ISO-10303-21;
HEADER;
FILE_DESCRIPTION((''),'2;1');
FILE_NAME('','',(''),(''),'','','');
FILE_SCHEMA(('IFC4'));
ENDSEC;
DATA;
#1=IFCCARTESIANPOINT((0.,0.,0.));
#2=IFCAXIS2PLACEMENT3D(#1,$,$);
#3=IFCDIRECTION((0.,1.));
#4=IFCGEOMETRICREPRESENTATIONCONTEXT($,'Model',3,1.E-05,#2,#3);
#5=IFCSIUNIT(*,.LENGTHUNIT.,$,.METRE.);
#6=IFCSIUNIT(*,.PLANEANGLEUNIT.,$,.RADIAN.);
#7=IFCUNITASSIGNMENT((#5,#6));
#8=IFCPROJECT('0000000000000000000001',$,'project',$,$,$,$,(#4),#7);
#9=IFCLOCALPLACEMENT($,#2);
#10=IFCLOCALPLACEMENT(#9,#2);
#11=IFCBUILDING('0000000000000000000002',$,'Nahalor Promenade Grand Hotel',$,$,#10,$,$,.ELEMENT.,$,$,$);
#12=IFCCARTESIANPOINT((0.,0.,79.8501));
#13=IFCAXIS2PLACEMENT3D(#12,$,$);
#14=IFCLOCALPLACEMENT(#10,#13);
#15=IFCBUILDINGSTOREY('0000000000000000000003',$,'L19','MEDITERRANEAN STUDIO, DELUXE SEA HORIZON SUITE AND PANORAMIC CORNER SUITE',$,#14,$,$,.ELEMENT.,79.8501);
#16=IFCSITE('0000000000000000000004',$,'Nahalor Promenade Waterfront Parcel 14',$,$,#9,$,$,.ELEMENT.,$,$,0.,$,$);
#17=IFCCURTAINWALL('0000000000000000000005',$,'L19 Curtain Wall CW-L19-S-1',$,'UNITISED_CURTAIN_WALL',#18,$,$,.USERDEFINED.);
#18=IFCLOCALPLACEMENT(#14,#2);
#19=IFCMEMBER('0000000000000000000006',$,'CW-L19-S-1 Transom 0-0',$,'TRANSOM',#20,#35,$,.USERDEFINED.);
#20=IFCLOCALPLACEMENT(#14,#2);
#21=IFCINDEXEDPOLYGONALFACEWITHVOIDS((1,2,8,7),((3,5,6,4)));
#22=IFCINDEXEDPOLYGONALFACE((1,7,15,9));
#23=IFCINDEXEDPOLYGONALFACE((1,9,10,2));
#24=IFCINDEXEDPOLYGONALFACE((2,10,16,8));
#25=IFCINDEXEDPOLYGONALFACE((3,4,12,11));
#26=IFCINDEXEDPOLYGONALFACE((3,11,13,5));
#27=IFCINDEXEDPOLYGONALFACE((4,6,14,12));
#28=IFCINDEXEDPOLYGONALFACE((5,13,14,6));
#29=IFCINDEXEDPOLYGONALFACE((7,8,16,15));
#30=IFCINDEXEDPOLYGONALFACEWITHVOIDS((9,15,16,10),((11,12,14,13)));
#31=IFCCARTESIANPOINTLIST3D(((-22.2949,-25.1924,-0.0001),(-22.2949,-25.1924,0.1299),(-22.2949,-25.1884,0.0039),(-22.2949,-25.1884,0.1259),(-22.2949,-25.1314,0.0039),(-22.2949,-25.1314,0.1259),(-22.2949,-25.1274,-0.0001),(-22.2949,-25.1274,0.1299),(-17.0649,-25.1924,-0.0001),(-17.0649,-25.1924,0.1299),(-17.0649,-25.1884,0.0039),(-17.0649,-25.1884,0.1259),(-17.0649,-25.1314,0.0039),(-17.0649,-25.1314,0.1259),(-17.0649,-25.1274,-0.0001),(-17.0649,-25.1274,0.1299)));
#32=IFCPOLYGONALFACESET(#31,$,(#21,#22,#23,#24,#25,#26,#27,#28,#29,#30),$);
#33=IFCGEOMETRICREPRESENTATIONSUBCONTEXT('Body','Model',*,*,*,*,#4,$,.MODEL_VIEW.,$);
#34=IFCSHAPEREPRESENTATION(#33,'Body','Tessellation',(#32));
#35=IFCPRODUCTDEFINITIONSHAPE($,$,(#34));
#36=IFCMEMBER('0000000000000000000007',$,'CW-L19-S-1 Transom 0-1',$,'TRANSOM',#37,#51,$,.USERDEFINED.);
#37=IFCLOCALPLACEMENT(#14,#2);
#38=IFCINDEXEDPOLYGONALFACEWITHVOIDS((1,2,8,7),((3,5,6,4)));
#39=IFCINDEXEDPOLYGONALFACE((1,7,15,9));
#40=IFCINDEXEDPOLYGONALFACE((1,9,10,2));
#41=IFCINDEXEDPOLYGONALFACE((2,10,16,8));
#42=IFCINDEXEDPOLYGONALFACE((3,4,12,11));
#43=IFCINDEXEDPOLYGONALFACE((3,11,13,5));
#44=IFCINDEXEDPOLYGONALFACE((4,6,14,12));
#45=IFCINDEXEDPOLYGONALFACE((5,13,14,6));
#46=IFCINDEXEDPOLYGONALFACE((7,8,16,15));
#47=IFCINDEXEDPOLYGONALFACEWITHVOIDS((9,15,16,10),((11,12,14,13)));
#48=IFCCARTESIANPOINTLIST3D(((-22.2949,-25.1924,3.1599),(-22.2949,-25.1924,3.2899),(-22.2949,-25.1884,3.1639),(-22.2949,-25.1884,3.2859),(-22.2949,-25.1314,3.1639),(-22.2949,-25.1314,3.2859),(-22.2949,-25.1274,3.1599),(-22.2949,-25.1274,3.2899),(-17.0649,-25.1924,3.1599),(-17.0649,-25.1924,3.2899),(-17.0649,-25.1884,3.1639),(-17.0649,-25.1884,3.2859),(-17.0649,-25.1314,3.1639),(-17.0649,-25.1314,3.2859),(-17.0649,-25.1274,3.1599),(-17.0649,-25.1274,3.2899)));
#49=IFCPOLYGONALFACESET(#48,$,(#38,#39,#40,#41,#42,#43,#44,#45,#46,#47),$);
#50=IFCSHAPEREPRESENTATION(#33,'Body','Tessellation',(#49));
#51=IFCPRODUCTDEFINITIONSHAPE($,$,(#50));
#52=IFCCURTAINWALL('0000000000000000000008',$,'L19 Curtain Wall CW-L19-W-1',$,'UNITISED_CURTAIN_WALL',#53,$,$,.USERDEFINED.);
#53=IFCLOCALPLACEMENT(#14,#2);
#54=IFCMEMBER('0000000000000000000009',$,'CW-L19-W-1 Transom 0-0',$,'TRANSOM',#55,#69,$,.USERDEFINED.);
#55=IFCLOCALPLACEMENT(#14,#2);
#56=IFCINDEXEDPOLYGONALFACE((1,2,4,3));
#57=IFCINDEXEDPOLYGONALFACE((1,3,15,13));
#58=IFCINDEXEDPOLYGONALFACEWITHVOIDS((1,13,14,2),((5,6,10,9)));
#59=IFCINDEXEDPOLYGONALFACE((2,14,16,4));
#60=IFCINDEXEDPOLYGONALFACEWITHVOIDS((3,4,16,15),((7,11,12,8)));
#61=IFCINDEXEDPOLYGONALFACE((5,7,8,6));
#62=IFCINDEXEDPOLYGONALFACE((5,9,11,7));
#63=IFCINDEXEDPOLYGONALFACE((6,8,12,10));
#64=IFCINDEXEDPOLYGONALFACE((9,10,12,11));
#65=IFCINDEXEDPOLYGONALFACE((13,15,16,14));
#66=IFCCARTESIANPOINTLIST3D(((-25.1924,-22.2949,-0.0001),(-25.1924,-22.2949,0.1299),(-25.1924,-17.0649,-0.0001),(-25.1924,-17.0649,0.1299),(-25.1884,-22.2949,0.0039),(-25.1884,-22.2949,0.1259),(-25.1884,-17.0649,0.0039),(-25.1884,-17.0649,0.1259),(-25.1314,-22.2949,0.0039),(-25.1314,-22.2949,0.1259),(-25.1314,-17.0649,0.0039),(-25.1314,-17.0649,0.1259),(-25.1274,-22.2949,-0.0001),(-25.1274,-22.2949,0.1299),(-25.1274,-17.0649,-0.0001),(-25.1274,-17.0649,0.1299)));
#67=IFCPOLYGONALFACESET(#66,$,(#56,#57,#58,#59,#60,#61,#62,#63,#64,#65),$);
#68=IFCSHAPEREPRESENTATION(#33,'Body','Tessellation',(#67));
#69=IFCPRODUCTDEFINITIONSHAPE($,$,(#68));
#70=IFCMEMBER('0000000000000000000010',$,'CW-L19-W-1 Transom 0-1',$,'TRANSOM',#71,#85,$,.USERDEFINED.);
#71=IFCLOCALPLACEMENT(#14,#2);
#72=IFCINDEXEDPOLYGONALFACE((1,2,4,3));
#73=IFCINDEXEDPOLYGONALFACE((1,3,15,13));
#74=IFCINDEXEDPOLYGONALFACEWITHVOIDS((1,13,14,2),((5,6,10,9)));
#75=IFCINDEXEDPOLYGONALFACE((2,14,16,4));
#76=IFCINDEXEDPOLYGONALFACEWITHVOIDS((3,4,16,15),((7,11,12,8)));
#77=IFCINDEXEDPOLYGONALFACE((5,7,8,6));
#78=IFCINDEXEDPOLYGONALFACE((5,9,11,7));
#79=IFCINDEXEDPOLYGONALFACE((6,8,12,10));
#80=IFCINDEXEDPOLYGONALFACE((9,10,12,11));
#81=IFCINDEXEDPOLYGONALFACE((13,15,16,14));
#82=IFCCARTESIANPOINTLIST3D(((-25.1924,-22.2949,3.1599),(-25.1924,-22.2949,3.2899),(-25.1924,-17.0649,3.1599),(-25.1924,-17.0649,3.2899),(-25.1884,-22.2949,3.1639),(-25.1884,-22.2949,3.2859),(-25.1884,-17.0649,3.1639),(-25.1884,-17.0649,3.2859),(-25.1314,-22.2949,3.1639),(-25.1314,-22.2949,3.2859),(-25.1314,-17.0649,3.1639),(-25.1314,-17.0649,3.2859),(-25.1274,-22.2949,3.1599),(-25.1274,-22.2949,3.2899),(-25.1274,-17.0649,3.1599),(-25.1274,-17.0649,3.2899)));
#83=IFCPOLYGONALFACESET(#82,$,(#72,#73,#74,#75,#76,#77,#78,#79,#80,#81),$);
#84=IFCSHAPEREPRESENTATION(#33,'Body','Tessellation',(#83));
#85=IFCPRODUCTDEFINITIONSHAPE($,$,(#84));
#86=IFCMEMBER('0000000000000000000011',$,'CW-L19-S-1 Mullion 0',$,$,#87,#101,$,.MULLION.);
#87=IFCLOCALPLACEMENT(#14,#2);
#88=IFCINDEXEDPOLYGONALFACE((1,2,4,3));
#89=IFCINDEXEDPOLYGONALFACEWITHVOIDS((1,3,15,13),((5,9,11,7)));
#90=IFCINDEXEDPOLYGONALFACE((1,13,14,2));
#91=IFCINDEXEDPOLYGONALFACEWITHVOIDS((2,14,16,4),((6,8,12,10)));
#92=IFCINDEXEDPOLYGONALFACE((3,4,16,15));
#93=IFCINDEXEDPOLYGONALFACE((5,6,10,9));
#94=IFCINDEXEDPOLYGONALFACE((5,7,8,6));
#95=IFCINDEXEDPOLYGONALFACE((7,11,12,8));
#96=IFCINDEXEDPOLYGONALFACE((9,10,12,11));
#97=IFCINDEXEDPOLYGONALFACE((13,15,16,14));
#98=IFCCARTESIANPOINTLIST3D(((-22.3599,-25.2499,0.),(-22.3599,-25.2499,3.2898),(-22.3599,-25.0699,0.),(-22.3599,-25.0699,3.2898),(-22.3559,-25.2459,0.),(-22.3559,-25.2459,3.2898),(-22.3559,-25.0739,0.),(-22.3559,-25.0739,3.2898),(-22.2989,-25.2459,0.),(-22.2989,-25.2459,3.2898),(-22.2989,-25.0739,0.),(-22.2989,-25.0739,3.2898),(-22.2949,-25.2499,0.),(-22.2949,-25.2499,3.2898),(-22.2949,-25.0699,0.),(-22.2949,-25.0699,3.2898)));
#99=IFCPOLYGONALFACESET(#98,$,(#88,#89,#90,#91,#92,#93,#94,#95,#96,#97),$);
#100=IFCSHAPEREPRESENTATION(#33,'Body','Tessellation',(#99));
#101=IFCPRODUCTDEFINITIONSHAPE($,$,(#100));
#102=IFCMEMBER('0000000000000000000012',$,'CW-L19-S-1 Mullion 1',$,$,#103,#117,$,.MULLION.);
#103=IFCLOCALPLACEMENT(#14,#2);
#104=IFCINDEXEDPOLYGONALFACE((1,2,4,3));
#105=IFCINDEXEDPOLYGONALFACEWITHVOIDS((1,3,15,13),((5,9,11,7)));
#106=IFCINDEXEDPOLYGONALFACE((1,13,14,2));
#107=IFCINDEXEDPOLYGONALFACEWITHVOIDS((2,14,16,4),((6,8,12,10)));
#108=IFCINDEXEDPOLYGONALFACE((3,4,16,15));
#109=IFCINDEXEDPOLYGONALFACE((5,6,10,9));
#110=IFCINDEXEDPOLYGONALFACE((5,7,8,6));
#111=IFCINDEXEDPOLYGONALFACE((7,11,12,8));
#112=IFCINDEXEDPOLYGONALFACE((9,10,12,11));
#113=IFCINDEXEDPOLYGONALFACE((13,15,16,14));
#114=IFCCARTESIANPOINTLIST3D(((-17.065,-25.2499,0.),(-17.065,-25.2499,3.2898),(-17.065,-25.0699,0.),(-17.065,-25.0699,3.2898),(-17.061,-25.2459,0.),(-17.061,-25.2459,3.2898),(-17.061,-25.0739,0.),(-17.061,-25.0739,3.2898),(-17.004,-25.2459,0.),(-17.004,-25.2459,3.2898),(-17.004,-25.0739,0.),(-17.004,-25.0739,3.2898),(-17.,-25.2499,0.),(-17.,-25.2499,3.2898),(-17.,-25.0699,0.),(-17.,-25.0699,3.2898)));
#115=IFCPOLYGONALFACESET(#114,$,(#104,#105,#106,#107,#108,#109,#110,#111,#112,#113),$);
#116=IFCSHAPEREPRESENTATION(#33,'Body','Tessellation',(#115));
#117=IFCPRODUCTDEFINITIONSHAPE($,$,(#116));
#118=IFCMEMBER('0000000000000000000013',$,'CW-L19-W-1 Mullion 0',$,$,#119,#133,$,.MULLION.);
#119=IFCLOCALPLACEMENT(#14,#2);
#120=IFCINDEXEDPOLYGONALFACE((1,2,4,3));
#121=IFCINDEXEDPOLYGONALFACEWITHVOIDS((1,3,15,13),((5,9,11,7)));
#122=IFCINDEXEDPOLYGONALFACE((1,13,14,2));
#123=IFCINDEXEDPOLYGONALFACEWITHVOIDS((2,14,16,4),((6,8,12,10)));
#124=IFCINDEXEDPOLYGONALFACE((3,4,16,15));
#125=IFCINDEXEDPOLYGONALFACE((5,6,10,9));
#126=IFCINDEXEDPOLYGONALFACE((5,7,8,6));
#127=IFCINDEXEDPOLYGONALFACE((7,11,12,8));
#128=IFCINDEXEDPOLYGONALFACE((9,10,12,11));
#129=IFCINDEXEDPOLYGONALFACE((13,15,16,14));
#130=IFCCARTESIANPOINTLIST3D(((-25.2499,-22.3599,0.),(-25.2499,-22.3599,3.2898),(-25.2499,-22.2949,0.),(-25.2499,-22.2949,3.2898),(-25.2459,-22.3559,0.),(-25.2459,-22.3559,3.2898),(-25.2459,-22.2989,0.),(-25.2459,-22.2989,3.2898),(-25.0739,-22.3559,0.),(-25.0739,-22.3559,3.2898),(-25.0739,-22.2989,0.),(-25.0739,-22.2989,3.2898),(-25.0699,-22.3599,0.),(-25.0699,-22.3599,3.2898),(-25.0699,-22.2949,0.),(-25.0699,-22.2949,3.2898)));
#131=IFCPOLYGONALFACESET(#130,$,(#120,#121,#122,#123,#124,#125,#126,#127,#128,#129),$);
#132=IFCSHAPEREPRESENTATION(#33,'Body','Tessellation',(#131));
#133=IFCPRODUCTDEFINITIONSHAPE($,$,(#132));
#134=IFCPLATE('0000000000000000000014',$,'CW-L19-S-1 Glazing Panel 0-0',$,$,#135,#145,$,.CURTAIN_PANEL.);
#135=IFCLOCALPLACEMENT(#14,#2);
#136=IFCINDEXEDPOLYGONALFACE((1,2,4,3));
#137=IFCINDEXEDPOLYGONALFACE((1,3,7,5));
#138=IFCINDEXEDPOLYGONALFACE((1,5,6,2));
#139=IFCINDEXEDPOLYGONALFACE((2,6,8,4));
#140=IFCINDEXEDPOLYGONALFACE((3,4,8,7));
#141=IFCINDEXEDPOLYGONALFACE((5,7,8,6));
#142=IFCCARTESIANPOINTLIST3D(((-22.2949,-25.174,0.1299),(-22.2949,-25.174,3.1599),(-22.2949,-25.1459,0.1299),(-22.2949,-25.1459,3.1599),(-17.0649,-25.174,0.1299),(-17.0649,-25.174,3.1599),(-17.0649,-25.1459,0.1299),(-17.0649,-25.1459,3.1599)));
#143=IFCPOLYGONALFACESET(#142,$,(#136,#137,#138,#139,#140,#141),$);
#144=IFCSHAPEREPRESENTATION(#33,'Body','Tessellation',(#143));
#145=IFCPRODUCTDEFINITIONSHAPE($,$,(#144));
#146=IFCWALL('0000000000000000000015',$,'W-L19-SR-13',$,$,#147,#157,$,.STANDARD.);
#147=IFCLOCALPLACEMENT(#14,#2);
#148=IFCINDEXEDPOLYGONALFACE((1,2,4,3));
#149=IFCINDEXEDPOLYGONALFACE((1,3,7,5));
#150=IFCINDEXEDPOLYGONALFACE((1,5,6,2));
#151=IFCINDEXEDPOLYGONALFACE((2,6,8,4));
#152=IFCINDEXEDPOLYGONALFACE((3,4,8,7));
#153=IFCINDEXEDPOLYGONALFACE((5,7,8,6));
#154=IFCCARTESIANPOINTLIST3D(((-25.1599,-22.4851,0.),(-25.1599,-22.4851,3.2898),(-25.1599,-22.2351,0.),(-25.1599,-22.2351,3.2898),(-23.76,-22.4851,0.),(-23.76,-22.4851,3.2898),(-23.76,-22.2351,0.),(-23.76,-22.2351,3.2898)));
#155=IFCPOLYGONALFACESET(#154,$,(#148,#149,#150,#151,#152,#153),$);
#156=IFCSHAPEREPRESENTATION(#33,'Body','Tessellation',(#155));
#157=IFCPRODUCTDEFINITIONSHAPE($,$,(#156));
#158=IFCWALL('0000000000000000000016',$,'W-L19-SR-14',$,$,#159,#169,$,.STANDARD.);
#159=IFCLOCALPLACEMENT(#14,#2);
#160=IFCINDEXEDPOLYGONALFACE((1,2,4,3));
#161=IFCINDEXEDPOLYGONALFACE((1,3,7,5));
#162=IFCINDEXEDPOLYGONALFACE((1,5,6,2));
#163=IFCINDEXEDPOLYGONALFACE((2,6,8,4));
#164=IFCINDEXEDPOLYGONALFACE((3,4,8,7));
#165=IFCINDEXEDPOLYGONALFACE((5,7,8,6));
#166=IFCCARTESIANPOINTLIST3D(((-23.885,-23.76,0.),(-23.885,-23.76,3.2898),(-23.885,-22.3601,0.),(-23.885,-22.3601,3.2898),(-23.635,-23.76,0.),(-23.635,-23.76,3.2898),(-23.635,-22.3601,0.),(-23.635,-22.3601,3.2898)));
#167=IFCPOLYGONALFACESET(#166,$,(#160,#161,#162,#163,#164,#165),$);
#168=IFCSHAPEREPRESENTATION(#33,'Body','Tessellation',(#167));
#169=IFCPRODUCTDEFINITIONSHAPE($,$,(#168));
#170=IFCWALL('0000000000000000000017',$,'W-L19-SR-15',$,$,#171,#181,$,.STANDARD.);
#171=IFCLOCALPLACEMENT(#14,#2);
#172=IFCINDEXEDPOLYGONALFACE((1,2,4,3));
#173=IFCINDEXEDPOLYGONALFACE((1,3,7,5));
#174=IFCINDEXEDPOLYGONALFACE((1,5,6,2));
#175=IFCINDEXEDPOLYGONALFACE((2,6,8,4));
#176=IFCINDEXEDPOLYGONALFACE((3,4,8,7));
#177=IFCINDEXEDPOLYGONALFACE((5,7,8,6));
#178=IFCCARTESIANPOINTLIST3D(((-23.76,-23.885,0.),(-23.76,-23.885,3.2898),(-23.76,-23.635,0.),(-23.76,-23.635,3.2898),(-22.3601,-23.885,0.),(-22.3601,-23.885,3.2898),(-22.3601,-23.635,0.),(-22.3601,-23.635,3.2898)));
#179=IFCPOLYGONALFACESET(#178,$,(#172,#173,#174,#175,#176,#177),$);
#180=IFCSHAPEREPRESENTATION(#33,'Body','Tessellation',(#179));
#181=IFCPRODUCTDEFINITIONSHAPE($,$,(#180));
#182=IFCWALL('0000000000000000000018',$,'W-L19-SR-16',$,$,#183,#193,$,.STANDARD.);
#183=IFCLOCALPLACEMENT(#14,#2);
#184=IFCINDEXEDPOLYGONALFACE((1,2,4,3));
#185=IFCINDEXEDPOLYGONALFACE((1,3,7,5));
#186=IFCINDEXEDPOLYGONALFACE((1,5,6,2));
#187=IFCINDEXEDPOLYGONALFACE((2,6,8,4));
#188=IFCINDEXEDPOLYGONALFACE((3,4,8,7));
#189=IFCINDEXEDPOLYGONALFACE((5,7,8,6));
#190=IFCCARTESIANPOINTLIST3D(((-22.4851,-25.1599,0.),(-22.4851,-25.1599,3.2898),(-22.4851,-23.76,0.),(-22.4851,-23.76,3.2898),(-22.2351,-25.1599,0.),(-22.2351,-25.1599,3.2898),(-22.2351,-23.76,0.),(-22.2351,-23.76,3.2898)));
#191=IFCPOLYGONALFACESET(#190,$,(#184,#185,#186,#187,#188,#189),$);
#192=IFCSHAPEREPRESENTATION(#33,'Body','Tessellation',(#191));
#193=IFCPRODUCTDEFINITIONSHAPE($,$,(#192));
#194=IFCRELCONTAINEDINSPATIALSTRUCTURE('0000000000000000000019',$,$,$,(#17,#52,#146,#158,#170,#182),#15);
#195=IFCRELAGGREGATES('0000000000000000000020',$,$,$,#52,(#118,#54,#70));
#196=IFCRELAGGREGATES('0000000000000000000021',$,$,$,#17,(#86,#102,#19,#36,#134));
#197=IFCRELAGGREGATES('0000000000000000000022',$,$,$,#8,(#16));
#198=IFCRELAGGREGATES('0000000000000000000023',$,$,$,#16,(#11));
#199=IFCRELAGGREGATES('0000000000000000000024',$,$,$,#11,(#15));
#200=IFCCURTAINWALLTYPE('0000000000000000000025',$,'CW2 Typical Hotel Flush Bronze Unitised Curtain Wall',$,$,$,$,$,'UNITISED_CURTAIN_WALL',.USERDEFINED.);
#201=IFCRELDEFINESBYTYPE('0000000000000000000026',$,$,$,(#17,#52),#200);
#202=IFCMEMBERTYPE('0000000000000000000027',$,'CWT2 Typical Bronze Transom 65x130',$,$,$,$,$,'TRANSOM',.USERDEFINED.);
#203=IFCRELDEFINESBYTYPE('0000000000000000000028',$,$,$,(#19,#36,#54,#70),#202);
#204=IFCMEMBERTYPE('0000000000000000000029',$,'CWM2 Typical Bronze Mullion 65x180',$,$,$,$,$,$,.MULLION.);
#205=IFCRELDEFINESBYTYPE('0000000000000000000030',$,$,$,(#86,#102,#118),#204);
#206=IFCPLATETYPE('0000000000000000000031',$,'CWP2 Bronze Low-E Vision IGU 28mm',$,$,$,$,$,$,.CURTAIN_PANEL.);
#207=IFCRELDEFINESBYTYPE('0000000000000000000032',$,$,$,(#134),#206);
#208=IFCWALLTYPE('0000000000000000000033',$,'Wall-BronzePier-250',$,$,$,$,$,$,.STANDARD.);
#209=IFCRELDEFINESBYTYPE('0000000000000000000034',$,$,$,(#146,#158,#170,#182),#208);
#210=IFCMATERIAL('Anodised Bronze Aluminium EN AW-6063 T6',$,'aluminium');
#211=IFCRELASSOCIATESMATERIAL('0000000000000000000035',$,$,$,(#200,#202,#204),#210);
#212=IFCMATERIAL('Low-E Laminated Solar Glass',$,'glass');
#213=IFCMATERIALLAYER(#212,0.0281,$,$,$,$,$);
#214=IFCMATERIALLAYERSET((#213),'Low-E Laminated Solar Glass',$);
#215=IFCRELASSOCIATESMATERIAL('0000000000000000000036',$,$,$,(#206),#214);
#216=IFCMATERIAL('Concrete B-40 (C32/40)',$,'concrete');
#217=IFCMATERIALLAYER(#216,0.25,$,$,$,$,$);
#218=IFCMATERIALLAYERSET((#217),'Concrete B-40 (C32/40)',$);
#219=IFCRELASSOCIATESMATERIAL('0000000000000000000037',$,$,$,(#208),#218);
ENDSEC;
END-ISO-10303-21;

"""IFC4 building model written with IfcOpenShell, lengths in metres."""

from ifc_helpers import new_model, si_unit, direction, frame, frame_2d, origin, origin_2d, place, context, subcontext, project, spatial, rectangle, hollow_rectangle, extrude, source, transform, mapped, material, layer, layer_set, material_profile, profile_set, type_object, element, aggregate, save


model = new_model("IFC4")

# Units and contexts
model_context = context("Model", 3, precision=1e-05, world=origin(), true_north=direction((0.0, 1.0)))
body_context = subcontext(model_context, "Body", "Model", "MODEL_VIEW")
ifc_project = project(units=[si_unit("LENGTHUNIT", "METRE"), si_unit("PLANEANGLEUNIT", "RADIAN")], contexts=[model_context])

# Site, building, storey
site_placement = place(None, origin())
site = spatial("IfcSite", under=ifc_project, at=site_placement, Name="Nahalor Promenade Waterfront Parcel 14", CompositionType="ELEMENT", RefElevation=0.0)
building_placement = place(site_placement, origin())
building = spatial("IfcBuilding", under=site, at=building_placement, Name="Nahalor Promenade Grand Hotel", CompositionType="ELEMENT")
storey_placement = place(building_placement, frame((0.0, 0.0, 79.8501)))
storey = spatial("IfcBuildingStorey", under=building, at=storey_placement, Name="L19", Description="MEDITERRANEAN STUDIO, DELUXE SEA HORIZON SUITE AND PANORAMIC CORNER SUITE", CompositionType="ELEMENT", Elevation=79.8501)

# Curtain walls, members
ifc_material_1 = material(Name="Anodised Bronze Aluminium EN AW-6063 T6", Category="aluminium")
curtain_wall_type = type_object("IfcCurtainWallType", Name="CW2 Typical Hotel Flush Bronze Unitised Curtain Wall", ElementType="UNITISED_CURTAIN_WALL", PredefinedType="USERDEFINED", material=ifc_material_1)
curtain_wall_1_placement = place(storey_placement, origin())
curtain_wall_1 = element("IfcCurtainWall", 1, at=curtain_wall_1_placement, inside=storey, type_object=curtain_wall_type, Name="L19 Curtain Wall CW-L19-S-1", ObjectType="UNITISED_CURTAIN_WALL", PredefinedType="USERDEFINED")
ifc_material_profile_1 = material_profile(ifc_material_1, hollow_rectangle(XDim=0.065, YDim=0.13, WallThickness=0.004, at=origin_2d()), Name="CWT 65x130x4")
ifc_profile_set_1 = profile_set([ifc_material_profile_1], Name="Anodised Bronze Aluminium EN AW-6063 T6")
member_type_1 = type_object("IfcMemberType", Name="CWT2 Typical Bronze Transom 65x130", ElementType="TRANSOM", PredefinedType="USERDEFINED", material=ifc_profile_set_1)
shared_shape_1 = source(origin(), body_context, "Body", "SweptSolid", [
    extrude(hollow_rectangle(XDim=0.065, YDim=0.13, WallThickness=0.004, at=origin_2d()), origin(), (0.0, 0.0, 1.0), 5.23),
])
member_1_placement = place(storey_placement, frame((-22.2949, -25.1599, 0.0649), z_axis=(1.0, 0.0, 0.0), x_axis=(0.0, 1.0, 0.0)))
member_1 = element("IfcMember", 2, at=member_1_placement, type_object=member_type_1, Name="CW-L19-S-1 Transom 0-0", ObjectType="TRANSOM", PredefinedType="USERDEFINED", context=body_context, shape_type="MappedRepresentation", body=[
    mapped(shared_shape_1, transform((0.0, 0.0, 0.0), scale=1.0)),
])
member_2_placement = place(storey_placement, frame((-22.2949, -25.1599, 3.2249), z_axis=(1.0, 0.0, 0.0), x_axis=(0.0, 1.0, 0.0)))
member_2 = element("IfcMember", 3, at=member_2_placement, type_object=member_type_1, Name="CW-L19-S-1 Transom 0-1", ObjectType="TRANSOM", PredefinedType="USERDEFINED", context=body_context, shape_type="MappedRepresentation", body=[
    mapped(shared_shape_1, transform((0.0, 0.0, 0.0), scale=1.0)),
])
curtain_wall_2_placement = place(storey_placement, origin())
curtain_wall_2 = element("IfcCurtainWall", 4, at=curtain_wall_2_placement, inside=storey, type_object=curtain_wall_type, Name="L19 Curtain Wall CW-L19-W-1", ObjectType="UNITISED_CURTAIN_WALL", PredefinedType="USERDEFINED")
member_3_placement = place(storey_placement, frame((-25.1599, -22.2949, 0.0649), z_axis=(0.0, 1.0, 0.0), x_axis=(-1.0, 0.0, 0.0)))
member_3 = element("IfcMember", 5, at=member_3_placement, type_object=member_type_1, Name="CW-L19-W-1 Transom 0-0", ObjectType="TRANSOM", PredefinedType="USERDEFINED", context=body_context, shape_type="MappedRepresentation", body=[
    mapped(shared_shape_1, transform((0.0, 0.0, 0.0), scale=1.0)),
])
member_4_placement = place(storey_placement, frame((-25.1599, -22.2949, 3.2249), z_axis=(0.0, 1.0, 0.0), x_axis=(-1.0, 0.0, 0.0)))
member_4 = element("IfcMember", 6, at=member_4_placement, type_object=member_type_1, Name="CW-L19-W-1 Transom 0-1", ObjectType="TRANSOM", PredefinedType="USERDEFINED", context=body_context, shape_type="MappedRepresentation", body=[
    mapped(shared_shape_1, transform((0.0, 0.0, 0.0), scale=1.0)),
])

# Members
ifc_material_profile_2 = material_profile(ifc_material_1, hollow_rectangle(XDim=0.065, YDim=0.18, WallThickness=0.004, at=origin_2d()), Name="CWM 65x180x4")
ifc_profile_set_2 = profile_set([ifc_material_profile_2], Name="Anodised Bronze Aluminium EN AW-6063 T6")
member_type_2 = type_object("IfcMemberType", Name="CWM2 Typical Bronze Mullion 65x180", PredefinedType="MULLION", material=ifc_profile_set_2)
shared_shape_2 = source(origin(), body_context, "Body", "SweptSolid", [
    extrude(hollow_rectangle(XDim=0.065, YDim=0.18, WallThickness=0.004, at=origin_2d()), origin(), (0.0, 0.0, 1.0), 3.2898),
])
member_5_placement = place(storey_placement, frame((-22.3274, -25.1599, 0.0), z_axis=(0.0, 0.0, 1.0), x_axis=(1.0, 0.0, 0.0)))
member_5 = element("IfcMember", 7, at=member_5_placement, type_object=member_type_2, Name="CW-L19-S-1 Mullion 0", PredefinedType="MULLION", context=body_context, shape_type="MappedRepresentation", body=[
    mapped(shared_shape_2, transform((0.0, 0.0, 0.0), scale=1.0)),
])
member_6_placement = place(storey_placement, frame((-17.0325, -25.1599, 0.0), z_axis=(0.0, 0.0, 1.0), x_axis=(1.0, 0.0, 0.0)))
member_6 = element("IfcMember", 8, at=member_6_placement, type_object=member_type_2, Name="CW-L19-S-1 Mullion 1", PredefinedType="MULLION", context=body_context, shape_type="MappedRepresentation", body=[
    mapped(shared_shape_2, transform((0.0, 0.0, 0.0), scale=1.0)),
])
member_7_placement = place(storey_placement, frame((-25.1599, -22.3274, 0.0), z_axis=(0.0, 0.0, 1.0), x_axis=(0.0, 1.0, 0.0)))
member_7 = element("IfcMember", 9, at=member_7_placement, type_object=member_type_2, Name="CW-L19-W-1 Mullion 0", PredefinedType="MULLION", context=body_context, shape_type="MappedRepresentation", body=[
    mapped(shared_shape_2, transform((0.0, 0.0, 0.0), scale=1.0)),
])
aggregate(curtain_wall_2, [member_7, member_3, member_4])

# Plate
ifc_material_2 = material(Name="Low-E Laminated Solar Glass", Category="glass")
ifc_layer_1 = layer(ifc_material_2, 0.0281)
ifc_layer_set_1 = layer_set([ifc_layer_1], Name="Low-E Laminated Solar Glass")
plate_type = type_object("IfcPlateType", Name="CWP2 Bronze Low-E Vision IGU 28mm", PredefinedType="CURTAIN_PANEL", material=ifc_layer_set_1)
shared_shape_3 = source(origin(), body_context, "Body", "SweptSolid", [
    extrude(rectangle(XDim=5.23, YDim=0.0281, at=origin_2d()), origin(), (0.0, 0.0, 1.0), 3.03),
])
plate_placement = place(storey_placement, frame((-19.6799, -25.1599, 0.1299), z_axis=(0.0, 0.0, 1.0), x_axis=(1.0, 0.0, 0.0)))
plate = element("IfcPlate", 10, at=plate_placement, type_object=plate_type, Name="CW-L19-S-1 Glazing Panel 0-0", PredefinedType="CURTAIN_PANEL", context=body_context, shape_type="MappedRepresentation", body=[
    mapped(shared_shape_3, transform((0.0, 0.0, 0.0), scale=1.0)),
])
aggregate(curtain_wall_1, [member_5, member_6, member_1, member_2, plate])

# Walls
ifc_material_3 = material(Name="Concrete B-40 (C32/40)", Category="concrete")
ifc_layer_2 = layer(ifc_material_3, 0.25)
ifc_layer_set_2 = layer_set([ifc_layer_2], Name="Concrete B-40 (C32/40)")
wall_type_1 = type_object("IfcWallType", Name="Wall-BronzePier-250", PredefinedType="STANDARD", material=ifc_layer_set_2)
shared_shape_4 = source(origin(), body_context, "Body", "SweptSolid", [
    extrude(rectangle(XDim=1.3999, YDim=0.25, at=frame_2d((0.7, 0.0))), origin(), (0.0, 0.0, 1.0), 3.2898),
])
for number, where, z_axis, x_axis, name in (
    (11, (-25.1599, -22.3601, 0.0), (0.0, 0.0, 1.0), (1.0, 0.0, 0.0), "W-L19-SR-13"),
    (12, (-23.76, -23.76, 0.0), (0.0, 0.0, 1.0), (0.0, 1.0, 0.0), "W-L19-SR-14"),
    (13, (-23.76, -23.76, 0.0), (0.0, 0.0, 1.0), (1.0, 0.0, 0.0), "W-L19-SR-15"),
    (14, (-22.3601, -25.1599, 0.0), (0.0, 0.0, 1.0), (0.0, 1.0, 0.0), "W-L19-SR-16"),
):
    element("IfcWall", number, at=place(storey_placement, frame(where, z_axis=z_axis, x_axis=x_axis)), inside=storey, type_object=wall_type_1, Name=name, PredefinedType="STANDARD", context=body_context, shape_type="MappedRepresentation", body=[
        mapped(shared_shape_4, transform((0.0, 0.0, 0.0), scale=1.0)),
    ])

save(model, "model.ifc")
